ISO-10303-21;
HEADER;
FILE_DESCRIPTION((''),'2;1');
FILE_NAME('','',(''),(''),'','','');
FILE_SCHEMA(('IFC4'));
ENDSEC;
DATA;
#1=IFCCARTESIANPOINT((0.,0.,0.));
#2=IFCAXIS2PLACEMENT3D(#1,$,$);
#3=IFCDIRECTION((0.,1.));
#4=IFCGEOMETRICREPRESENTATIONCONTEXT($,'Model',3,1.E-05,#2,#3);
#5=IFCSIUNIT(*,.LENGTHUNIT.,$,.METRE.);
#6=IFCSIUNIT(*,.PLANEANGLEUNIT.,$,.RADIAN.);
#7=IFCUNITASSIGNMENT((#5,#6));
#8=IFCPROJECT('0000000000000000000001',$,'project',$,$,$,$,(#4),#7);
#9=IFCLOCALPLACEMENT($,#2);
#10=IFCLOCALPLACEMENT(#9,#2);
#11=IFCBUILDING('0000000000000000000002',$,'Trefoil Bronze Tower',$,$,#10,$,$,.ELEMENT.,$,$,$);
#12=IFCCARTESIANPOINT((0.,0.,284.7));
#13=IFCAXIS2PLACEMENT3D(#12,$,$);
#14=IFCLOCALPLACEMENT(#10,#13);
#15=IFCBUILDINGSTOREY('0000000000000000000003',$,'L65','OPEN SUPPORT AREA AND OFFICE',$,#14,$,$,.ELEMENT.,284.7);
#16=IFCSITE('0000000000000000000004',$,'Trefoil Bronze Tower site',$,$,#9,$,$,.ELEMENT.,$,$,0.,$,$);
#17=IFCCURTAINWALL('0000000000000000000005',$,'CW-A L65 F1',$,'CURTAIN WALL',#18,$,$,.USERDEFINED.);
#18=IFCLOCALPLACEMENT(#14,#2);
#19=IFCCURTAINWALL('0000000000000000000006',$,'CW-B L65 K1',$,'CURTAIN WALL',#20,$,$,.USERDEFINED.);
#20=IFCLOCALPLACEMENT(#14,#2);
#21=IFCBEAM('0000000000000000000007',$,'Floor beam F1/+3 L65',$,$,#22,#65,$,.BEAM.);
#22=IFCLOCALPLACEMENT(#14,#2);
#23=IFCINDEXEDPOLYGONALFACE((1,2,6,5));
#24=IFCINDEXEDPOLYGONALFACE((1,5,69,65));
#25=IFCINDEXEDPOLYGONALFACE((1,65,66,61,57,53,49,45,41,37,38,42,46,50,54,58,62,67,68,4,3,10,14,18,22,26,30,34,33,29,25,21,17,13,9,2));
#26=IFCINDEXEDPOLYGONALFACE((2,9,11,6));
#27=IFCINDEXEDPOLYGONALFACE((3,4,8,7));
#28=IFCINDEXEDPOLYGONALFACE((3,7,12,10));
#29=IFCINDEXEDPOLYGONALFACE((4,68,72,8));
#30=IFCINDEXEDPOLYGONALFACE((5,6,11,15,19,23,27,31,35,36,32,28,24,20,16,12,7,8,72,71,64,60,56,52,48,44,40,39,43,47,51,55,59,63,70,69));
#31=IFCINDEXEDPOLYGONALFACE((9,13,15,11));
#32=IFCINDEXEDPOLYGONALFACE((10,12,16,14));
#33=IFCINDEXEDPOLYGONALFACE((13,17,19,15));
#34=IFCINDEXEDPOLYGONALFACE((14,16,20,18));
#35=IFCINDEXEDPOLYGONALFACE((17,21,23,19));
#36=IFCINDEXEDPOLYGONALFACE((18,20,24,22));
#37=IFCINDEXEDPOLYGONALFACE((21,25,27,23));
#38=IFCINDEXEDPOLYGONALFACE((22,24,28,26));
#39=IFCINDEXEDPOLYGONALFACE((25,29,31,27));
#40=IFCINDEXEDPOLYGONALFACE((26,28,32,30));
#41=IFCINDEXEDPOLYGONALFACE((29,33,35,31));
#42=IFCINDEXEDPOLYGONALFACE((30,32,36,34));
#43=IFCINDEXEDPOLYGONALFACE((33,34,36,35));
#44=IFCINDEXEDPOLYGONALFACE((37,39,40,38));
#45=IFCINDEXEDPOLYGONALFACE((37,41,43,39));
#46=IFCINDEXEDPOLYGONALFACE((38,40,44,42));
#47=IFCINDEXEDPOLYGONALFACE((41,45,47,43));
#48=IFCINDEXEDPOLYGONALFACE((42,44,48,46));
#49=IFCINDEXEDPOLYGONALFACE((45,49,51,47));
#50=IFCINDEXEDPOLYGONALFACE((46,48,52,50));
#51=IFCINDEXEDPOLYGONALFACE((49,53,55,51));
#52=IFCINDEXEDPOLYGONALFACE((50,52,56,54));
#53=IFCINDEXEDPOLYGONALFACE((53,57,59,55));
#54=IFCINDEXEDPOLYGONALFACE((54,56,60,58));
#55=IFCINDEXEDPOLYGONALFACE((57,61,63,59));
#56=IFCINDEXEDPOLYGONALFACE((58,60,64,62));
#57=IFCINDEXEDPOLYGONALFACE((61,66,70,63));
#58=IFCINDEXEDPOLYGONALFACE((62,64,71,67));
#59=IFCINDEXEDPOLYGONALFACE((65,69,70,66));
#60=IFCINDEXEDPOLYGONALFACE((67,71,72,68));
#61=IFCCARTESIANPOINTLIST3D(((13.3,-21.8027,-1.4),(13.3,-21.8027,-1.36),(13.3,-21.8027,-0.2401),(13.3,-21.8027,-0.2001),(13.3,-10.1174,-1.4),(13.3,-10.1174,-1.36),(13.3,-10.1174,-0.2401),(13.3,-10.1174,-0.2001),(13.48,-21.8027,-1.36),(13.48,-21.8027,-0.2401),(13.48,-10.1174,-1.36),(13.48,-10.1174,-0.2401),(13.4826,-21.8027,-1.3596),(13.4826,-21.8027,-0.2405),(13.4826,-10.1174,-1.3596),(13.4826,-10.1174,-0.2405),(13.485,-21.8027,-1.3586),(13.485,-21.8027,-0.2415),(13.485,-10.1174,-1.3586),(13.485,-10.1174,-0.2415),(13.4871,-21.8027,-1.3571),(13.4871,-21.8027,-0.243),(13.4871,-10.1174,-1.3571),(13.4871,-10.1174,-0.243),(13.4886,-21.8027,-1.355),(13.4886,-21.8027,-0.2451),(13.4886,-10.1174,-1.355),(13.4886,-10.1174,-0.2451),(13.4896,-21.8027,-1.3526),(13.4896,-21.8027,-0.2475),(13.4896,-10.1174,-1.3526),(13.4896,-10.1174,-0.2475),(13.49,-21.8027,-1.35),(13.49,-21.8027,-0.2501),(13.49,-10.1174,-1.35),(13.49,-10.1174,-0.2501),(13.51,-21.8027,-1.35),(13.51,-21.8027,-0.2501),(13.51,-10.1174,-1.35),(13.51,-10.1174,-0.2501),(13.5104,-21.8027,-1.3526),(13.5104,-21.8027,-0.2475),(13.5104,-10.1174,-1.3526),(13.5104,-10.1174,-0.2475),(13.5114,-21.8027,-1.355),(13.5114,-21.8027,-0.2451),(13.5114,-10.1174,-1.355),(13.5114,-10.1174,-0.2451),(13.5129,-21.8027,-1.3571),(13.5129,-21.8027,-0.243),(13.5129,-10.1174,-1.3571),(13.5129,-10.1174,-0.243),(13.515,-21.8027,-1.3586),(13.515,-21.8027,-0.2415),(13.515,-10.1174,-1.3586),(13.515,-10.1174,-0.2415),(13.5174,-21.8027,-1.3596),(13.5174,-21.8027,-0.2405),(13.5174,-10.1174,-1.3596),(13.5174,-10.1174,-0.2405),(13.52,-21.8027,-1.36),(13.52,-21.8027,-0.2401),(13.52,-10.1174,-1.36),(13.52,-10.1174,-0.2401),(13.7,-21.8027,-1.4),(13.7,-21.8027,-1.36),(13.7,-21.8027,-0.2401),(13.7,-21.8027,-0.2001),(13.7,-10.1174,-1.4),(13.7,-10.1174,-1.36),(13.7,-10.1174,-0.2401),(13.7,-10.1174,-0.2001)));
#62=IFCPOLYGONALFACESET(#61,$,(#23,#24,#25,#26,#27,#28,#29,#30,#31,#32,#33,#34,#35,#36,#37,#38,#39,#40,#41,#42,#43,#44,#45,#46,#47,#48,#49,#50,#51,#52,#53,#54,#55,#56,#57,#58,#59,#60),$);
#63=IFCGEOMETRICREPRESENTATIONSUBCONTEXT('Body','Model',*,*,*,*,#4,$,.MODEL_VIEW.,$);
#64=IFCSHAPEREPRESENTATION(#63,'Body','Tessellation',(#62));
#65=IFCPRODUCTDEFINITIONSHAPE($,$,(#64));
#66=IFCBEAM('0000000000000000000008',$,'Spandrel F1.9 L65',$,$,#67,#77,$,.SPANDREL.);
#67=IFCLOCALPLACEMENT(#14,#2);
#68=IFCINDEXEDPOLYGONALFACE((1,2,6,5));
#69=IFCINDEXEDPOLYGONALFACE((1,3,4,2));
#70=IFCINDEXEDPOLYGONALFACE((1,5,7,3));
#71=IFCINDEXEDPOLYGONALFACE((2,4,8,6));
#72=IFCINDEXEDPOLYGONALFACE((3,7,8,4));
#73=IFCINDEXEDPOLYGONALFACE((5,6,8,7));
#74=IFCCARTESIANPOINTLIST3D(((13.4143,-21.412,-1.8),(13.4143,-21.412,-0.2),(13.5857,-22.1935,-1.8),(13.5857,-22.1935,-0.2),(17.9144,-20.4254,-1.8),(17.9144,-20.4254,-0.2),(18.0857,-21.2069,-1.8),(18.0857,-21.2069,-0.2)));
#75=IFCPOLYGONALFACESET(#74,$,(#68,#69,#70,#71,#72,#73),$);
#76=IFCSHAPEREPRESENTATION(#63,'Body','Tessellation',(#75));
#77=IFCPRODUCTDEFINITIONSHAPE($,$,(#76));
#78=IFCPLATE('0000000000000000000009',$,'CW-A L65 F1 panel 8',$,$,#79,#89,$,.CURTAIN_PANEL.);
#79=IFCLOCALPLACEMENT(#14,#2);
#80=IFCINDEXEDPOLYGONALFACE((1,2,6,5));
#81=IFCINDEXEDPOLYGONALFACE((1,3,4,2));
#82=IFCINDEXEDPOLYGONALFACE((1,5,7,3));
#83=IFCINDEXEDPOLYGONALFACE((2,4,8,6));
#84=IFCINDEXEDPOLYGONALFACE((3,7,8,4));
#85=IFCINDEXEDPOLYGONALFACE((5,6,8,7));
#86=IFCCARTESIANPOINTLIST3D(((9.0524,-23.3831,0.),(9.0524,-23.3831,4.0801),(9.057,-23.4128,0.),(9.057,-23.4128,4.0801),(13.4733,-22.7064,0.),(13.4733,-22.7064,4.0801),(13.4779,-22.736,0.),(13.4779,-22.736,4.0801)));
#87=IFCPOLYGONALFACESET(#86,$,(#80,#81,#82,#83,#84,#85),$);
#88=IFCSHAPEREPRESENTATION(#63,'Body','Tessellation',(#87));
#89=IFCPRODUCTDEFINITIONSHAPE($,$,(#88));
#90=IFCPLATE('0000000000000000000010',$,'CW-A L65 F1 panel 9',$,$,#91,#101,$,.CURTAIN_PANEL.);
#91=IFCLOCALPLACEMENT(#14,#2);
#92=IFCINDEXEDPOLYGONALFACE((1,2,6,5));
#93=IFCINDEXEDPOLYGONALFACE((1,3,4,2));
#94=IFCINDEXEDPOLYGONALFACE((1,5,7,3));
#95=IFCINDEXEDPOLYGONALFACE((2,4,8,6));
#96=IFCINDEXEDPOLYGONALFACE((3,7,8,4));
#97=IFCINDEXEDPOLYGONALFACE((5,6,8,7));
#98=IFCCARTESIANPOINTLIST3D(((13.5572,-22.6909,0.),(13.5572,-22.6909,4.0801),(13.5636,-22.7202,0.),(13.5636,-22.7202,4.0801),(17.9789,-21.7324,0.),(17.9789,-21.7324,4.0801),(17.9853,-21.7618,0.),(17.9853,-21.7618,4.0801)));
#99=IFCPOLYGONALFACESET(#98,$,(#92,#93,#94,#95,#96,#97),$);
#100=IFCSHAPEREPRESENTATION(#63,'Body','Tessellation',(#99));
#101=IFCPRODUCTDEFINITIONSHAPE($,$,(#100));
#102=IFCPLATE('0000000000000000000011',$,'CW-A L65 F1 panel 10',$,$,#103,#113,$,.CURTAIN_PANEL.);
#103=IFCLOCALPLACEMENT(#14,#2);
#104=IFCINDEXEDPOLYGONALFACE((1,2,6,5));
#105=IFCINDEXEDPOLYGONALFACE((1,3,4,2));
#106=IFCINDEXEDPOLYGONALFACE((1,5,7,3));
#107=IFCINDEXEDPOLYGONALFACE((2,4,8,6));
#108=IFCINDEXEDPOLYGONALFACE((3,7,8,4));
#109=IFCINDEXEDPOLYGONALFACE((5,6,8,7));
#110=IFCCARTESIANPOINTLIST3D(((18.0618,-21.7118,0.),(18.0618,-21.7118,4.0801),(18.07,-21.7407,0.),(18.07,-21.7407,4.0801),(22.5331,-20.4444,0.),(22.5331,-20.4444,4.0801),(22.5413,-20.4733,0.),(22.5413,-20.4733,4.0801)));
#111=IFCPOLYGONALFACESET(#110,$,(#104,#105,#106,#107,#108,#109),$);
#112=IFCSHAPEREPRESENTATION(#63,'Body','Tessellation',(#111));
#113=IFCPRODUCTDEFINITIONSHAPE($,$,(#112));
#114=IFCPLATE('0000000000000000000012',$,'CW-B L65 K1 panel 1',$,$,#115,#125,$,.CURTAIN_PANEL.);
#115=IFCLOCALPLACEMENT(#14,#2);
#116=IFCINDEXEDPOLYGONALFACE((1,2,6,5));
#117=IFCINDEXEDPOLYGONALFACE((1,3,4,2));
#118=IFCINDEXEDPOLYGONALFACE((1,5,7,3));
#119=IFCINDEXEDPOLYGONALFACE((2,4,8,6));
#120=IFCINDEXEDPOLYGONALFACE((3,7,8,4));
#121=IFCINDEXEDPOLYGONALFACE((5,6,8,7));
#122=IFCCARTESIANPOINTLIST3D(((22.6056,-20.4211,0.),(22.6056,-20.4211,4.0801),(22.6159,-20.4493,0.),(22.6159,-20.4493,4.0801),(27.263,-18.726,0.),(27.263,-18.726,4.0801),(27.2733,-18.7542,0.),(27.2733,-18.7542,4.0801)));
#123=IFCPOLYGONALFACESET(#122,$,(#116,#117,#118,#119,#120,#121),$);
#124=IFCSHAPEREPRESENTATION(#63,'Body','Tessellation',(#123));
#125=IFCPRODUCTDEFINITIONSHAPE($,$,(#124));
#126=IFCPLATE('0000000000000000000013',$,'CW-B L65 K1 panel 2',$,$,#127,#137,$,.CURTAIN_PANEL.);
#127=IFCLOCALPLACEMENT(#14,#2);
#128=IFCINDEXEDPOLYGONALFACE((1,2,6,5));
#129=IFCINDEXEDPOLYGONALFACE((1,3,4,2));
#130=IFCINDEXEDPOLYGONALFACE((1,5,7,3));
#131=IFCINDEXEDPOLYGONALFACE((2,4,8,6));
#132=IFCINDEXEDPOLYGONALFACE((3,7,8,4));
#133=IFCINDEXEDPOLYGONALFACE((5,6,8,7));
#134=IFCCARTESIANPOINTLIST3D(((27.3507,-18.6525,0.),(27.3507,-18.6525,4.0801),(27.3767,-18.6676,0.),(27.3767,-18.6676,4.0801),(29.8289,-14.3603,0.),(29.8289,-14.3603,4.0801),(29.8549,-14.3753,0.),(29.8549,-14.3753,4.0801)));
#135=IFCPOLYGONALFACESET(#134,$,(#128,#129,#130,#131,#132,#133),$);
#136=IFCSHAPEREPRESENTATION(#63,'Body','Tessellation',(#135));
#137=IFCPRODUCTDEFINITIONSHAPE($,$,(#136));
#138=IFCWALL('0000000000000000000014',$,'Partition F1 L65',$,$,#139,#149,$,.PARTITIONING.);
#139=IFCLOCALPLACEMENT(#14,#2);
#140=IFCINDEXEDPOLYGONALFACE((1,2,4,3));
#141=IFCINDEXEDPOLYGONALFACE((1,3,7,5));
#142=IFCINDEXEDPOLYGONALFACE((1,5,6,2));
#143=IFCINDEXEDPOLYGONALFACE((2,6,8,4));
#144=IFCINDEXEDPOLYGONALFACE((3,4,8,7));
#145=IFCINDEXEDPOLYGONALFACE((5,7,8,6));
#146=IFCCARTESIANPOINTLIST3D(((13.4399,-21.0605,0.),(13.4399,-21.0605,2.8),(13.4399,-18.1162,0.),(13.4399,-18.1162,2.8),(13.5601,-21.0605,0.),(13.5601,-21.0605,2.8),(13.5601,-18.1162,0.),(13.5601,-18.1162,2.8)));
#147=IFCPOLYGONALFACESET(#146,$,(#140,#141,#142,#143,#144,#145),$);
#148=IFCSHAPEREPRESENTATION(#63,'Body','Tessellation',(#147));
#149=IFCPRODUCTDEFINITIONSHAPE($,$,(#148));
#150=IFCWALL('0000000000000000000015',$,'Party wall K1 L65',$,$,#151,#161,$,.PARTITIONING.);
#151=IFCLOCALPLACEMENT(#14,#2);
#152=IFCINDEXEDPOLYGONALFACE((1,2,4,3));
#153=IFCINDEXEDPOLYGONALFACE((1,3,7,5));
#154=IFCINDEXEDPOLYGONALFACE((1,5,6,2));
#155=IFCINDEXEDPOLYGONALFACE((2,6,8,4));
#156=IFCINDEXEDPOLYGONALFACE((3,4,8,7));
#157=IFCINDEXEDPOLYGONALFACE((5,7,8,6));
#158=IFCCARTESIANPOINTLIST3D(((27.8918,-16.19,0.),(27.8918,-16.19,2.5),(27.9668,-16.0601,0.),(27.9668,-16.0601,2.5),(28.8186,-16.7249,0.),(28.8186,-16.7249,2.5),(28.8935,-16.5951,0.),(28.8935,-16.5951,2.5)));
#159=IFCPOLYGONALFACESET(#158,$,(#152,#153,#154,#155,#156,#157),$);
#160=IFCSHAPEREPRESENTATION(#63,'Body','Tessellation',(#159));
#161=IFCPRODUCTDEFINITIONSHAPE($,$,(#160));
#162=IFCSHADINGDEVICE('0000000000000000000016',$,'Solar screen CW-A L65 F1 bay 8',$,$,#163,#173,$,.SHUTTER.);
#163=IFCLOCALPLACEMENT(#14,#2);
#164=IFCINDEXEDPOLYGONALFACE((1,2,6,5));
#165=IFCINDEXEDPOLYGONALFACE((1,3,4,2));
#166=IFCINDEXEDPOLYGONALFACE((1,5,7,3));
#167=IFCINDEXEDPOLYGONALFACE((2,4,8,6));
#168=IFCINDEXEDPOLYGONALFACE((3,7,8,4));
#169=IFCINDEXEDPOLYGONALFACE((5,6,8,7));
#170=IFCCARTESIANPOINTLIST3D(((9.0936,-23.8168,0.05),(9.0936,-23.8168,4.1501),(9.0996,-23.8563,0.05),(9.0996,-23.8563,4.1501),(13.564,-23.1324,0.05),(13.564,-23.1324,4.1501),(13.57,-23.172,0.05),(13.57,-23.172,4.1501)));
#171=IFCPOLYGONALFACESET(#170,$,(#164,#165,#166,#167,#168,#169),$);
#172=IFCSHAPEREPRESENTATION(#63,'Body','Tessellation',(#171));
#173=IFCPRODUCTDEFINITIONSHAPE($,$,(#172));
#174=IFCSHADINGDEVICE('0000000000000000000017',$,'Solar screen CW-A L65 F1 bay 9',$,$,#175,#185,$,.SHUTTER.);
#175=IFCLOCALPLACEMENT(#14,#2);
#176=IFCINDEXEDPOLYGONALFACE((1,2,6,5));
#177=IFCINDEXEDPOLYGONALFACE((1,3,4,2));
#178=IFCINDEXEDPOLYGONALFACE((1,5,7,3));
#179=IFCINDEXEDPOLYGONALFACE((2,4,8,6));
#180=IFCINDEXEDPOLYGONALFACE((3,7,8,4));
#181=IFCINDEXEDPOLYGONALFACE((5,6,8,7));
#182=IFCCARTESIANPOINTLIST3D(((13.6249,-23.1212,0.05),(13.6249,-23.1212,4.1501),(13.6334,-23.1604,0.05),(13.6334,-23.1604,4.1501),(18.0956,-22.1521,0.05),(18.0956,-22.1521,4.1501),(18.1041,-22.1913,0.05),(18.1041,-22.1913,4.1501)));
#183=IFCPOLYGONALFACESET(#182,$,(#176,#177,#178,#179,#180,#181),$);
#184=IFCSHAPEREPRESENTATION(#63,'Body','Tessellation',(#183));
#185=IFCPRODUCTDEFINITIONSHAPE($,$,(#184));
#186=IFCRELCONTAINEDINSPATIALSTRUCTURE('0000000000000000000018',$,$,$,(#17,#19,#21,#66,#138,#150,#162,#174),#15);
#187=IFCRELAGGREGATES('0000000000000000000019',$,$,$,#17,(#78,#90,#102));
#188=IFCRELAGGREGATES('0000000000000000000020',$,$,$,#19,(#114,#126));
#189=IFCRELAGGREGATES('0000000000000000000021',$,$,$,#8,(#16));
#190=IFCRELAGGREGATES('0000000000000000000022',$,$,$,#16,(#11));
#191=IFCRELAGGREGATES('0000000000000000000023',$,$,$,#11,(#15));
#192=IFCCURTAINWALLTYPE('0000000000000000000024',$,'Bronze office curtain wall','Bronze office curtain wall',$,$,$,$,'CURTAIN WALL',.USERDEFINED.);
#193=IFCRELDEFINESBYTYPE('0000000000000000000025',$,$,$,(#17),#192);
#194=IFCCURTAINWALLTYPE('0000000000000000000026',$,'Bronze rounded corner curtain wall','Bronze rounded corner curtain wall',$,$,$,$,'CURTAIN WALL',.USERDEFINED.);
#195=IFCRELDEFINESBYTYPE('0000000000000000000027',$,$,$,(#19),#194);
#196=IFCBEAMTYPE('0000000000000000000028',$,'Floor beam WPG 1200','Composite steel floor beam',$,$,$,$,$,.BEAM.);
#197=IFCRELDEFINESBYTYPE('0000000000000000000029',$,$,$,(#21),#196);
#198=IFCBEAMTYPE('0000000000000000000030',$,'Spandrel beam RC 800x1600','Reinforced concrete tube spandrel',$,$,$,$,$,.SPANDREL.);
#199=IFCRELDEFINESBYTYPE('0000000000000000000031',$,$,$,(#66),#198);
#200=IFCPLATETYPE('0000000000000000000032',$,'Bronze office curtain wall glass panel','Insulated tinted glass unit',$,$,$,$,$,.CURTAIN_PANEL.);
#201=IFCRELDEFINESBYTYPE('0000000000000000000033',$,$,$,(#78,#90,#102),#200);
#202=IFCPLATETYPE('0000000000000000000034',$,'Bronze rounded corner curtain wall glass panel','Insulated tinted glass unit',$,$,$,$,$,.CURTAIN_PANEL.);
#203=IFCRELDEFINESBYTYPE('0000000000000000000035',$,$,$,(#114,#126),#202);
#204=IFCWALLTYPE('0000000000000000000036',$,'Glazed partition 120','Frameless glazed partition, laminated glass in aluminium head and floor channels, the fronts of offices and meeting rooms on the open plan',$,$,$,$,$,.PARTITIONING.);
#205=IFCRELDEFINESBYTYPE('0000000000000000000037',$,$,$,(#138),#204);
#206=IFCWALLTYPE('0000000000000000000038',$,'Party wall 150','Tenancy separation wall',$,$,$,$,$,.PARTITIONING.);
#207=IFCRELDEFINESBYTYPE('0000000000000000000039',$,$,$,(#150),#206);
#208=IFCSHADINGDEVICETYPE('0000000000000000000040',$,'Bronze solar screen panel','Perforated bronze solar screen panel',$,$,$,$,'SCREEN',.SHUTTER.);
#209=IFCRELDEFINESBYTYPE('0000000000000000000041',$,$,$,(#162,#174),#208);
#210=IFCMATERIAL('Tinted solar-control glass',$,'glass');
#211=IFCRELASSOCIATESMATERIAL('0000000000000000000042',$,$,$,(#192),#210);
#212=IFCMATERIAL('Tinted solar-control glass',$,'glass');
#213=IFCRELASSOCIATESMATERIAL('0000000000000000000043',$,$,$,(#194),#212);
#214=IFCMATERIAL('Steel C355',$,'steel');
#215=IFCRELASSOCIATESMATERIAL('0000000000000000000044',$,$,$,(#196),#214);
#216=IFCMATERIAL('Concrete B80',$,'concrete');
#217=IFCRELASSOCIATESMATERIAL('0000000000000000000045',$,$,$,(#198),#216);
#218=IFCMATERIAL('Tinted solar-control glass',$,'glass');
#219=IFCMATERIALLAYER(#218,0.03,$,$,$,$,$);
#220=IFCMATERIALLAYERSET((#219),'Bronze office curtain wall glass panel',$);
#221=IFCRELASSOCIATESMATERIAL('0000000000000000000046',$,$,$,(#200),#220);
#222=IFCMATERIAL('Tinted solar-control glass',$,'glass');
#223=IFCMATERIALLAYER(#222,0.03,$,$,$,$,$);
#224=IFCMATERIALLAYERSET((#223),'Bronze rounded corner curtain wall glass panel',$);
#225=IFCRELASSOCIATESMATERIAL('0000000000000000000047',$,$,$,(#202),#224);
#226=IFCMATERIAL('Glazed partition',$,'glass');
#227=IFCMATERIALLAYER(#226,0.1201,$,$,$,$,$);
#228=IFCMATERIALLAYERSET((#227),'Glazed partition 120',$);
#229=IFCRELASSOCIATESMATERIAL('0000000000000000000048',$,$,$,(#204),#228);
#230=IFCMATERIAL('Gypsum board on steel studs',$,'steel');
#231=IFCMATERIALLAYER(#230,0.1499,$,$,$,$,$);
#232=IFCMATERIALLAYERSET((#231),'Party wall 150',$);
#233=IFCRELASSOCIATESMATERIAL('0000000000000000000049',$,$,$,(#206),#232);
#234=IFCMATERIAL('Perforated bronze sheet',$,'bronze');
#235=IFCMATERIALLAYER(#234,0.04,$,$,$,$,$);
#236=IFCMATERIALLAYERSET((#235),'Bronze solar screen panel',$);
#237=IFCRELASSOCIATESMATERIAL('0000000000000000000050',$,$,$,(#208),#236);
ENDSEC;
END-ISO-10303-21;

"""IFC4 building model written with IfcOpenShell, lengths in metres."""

from ifc_helpers import new_model, si_unit, direction, frame, frame_2d, origin, origin_2d, place, context, subcontext, project, spatial, rectangle, i_section, extrude, material, layer, layer_set, material_profile, profile_set, type_object, element, aggregate, save


model = new_model("IFC4")

# Units and contexts
model_context = context("Model", 3, precision=1e-05, world=origin(), true_north=direction((0.0, 1.0)))
body_context = subcontext(model_context, "Body", "Model", "MODEL_VIEW")
ifc_project = project(units=[si_unit("LENGTHUNIT", "METRE"), si_unit("PLANEANGLEUNIT", "RADIAN")], contexts=[model_context])

# Site, building, storey
site_placement = place(None, origin())
site = spatial("IfcSite", under=ifc_project, at=site_placement, Name="Trefoil Bronze Tower site", CompositionType="ELEMENT", RefElevation=0.0)
building_placement = place(site_placement, origin())
building = spatial("IfcBuilding", under=site, at=building_placement, Name="Trefoil Bronze Tower", CompositionType="ELEMENT")
storey_placement = place(building_placement, frame((0.0, 0.0, 284.7)))
storey = spatial("IfcBuildingStorey", under=building, at=storey_placement, Name="L65", Description="OPEN SUPPORT AREA AND OFFICE", CompositionType="ELEMENT", Elevation=284.7)

# Curtain walls
ifc_material_1 = material(Name="Tinted solar-control glass", Category="glass")
curtain_wall_type_1 = type_object("IfcCurtainWallType", Name="Bronze office curtain wall", Description="Bronze office curtain wall", ElementType="CURTAIN WALL", PredefinedType="USERDEFINED", material=ifc_material_1)
curtain_wall_1_placement = place(storey_placement, origin())
curtain_wall_1 = element("IfcCurtainWall", 1, at=curtain_wall_1_placement, inside=storey, type_object=curtain_wall_type_1, Name="CW-A L65 F1", ObjectType="CURTAIN WALL", PredefinedType="USERDEFINED")
ifc_material_2 = material(Name="Tinted solar-control glass", Category="glass")
curtain_wall_type_2 = type_object("IfcCurtainWallType", Name="Bronze rounded corner curtain wall", Description="Bronze rounded corner curtain wall", ElementType="CURTAIN WALL", PredefinedType="USERDEFINED", material=ifc_material_2)
curtain_wall_2_placement = place(storey_placement, origin())
curtain_wall_2 = element("IfcCurtainWall", 2, at=curtain_wall_2_placement, inside=storey, type_object=curtain_wall_type_2, Name="CW-B L65 K1", ObjectType="CURTAIN WALL", PredefinedType="USERDEFINED")

# Beams
ifc_material_3 = material(Name="Steel C355", Category="steel")
ifc_material_profile_1 = material_profile(ifc_material_3, i_section(OverallWidth=0.3999, OverallDepth=1.2, WebThickness=0.02, FlangeThickness=0.04, FilletRadius=0.01, at=origin_2d()), Name="WPG 1200")
ifc_profile_set_1 = profile_set([ifc_material_profile_1], Name="Steel C355")
beam_type_1 = type_object("IfcBeamType", Name="Floor beam WPG 1200", Description="Composite steel floor beam", PredefinedType="BEAM", material=ifc_profile_set_1)
beam_1_placement = place(storey_placement, frame((13.5, -21.8027, -0.8), z_axis=(0.0, 1.0, 0.0), x_axis=(-1.0, 0.0, 0.0)))
element("IfcBeam", 3, at=beam_1_placement, inside=storey, type_object=beam_type_1, Name="Floor beam F1/+3 L65", PredefinedType="BEAM", context=body_context, shape_type="SweptSolid", body=[
    extrude(i_section(OverallWidth=0.3999, OverallDepth=1.2, WebThickness=0.02, FlangeThickness=0.04, FilletRadius=0.01, at=origin_2d()), origin(), (0.0, 0.0, 1.0), 11.6853),
])
ifc_material_4 = material(Name="Concrete B80", Category="concrete")
ifc_material_profile_2 = material_profile(ifc_material_4, rectangle(XDim=0.8, YDim=1.6001, at=origin_2d()), Name="RC 800x1600")
ifc_profile_set_2 = profile_set([ifc_material_profile_2], Name="Concrete B80")
beam_type_2 = type_object("IfcBeamType", Name="Spandrel beam RC 800x1600", Description="Reinforced concrete tube spandrel", PredefinedType="SPANDREL", material=ifc_profile_set_2)
beam_2_placement = place(storey_placement, frame((13.5, -21.8027, -1.0), z_axis=(0.9768, 0.214152, 0.0), x_axis=(-0.214152, 0.9768, 0.0)))
element("IfcBeam", 4, at=beam_2_placement, inside=storey, type_object=beam_type_2, Name="Spandrel F1.9 L65", PredefinedType="SPANDREL", context=body_context, shape_type="SweptSolid", body=[
    extrude(rectangle(XDim=0.8, YDim=1.6001, at=origin_2d()), origin(), (0.0, 0.0, 1.0), 4.6069),
])

# Plates
ifc_material_5 = material(Name="Tinted solar-control glass", Category="glass")
ifc_layer_1 = layer(ifc_material_5, 0.03)
ifc_layer_set_1 = layer_set([ifc_layer_1], Name="Bronze office curtain wall glass panel")
plate_type_1 = type_object("IfcPlateType", Name="Bronze office curtain wall glass panel", Description="Insulated tinted glass unit", PredefinedType="CURTAIN_PANEL", material=ifc_layer_set_1)
plate_1_placement = place(storey_placement, frame((11.2651, -23.0596, 0.0), z_axis=(0.0, 0.0, 1.0), x_axis=(0.988485, 0.151317, 0.0)))
plate_1 = element("IfcPlate", 5, at=plate_1_placement, type_object=plate_type_1, Name="CW-A L65 F1 panel 8", PredefinedType="CURTAIN_PANEL", context=body_context, shape_type="SweptSolid", body=[
    extrude(rectangle(XDim=4.4724, YDim=0.03, at=origin_2d()), origin(), (0.0, 0.0, 1.0), 4.0801),
])
plate_2_placement = place(storey_placement, frame((15.7712, -22.2263, 0.0), z_axis=(0.0, 0.0, 1.0), x_axis=(0.977303, 0.211846, 0.0)))
plate_2 = element("IfcPlate", 6, at=plate_2_placement, type_object=plate_type_1, Name="CW-A L65 F1 panel 9", PredefinedType="CURTAIN_PANEL", context=body_context, shape_type="SweptSolid", body=[
    extrude(rectangle(XDim=4.5244, YDim=0.03, at=origin_2d()), origin(), (0.0, 0.0, 1.0), 4.0801),
])
plate_3_placement = place(storey_placement, frame((20.3015, -21.0925, 0.0), z_axis=(0.0, 0.0, 1.0), x_axis=(0.962098, 0.272705, 0.0)))
plate_3 = element("IfcPlate", 7, at=plate_3_placement, type_object=plate_type_1, Name="CW-A L65 F1 panel 10", PredefinedType="CURTAIN_PANEL", context=body_context, shape_type="SweptSolid", body=[
    extrude(rectangle(XDim=4.6475, YDim=0.03, at=origin_2d()), origin(), (0.0, 0.0, 1.0), 4.0801),
])
aggregate(curtain_wall_1, [plate_1, plate_2, plate_3])
ifc_material_6 = material(Name="Tinted solar-control glass", Category="glass")
ifc_layer_2 = layer(ifc_material_6, 0.03)
ifc_layer_set_2 = layer_set([ifc_layer_2], Name="Bronze rounded corner curtain wall glass panel")
plate_type_2 = type_object("IfcPlateType", Name="Bronze rounded corner curtain wall glass panel", Description="Insulated tinted glass unit", PredefinedType="CURTAIN_PANEL", material=ifc_layer_set_2)
plate_4_placement = place(storey_placement, frame((24.9395, -19.5876, 0.0), z_axis=(0.0, 0.0, 1.0), x_axis=(0.939693, 0.34202, 0.0)))
plate_4 = element("IfcPlate", 8, at=plate_4_placement, type_object=plate_type_2, Name="CW-B L65 K1 panel 1", PredefinedType="CURTAIN_PANEL", context=body_context, shape_type="SweptSolid", body=[
    extrude(rectangle(XDim=4.9563, YDim=0.03, at=origin_2d()), origin(), (0.0, 0.0, 1.0), 4.0801),
])
plate_5_placement = place(storey_placement, frame((28.6028, -16.5139, 0.0), z_axis=(0.0, 0.0, 1.0), x_axis=(0.5, 0.866025, 0.0)))
plate_5 = element("IfcPlate", 9, at=plate_5_placement, type_object=plate_type_2, Name="CW-B L65 K1 panel 2", PredefinedType="CURTAIN_PANEL", context=body_context, shape_type="SweptSolid", body=[
    extrude(rectangle(XDim=4.9563, YDim=0.03, at=origin_2d()), origin(), (0.0, 0.0, 1.0), 4.0801),
])
aggregate(curtain_wall_2, [plate_4, plate_5])

# Walls
ifc_material_7 = material(Name="Glazed partition", Category="glass")
ifc_layer_3 = layer(ifc_material_7, 0.1201)
ifc_layer_set_3 = layer_set([ifc_layer_3], Name="Glazed partition 120")
wall_type_1 = type_object("IfcWallType", Name="Glazed partition 120", Description="Frameless glazed partition, laminated glass in aluminium head and floor channels, the fronts of offices and meeting rooms on the open plan", PredefinedType="PARTITIONING", material=ifc_layer_set_3)
wall_1_placement = place(storey_placement, frame((13.5, -18.1162, 0.0), z_axis=(0.0, 0.0, 1.0), x_axis=(0.0, -1.0, 0.0)))
element("IfcWall", 10, at=wall_1_placement, inside=storey, type_object=wall_type_1, Name="Partition F1 L65", PredefinedType="PARTITIONING", context=body_context, shape_type="SweptSolid", body=[
    extrude(rectangle(XDim=2.9443, YDim=0.1201, at=frame_2d((1.4722, 0.0))), origin(), (0.0, 0.0, 1.0), 2.8),
])
ifc_material_8 = material(Name="Gypsum board on steel studs", Category="steel")
ifc_layer_4 = layer(ifc_material_8, 0.1499)
ifc_layer_set_4 = layer_set([ifc_layer_4], Name="Party wall 150")
wall_type_2 = type_object("IfcWallType", Name="Party wall 150", Description="Tenancy separation wall", PredefinedType="PARTITIONING", material=ifc_layer_set_4)
wall_2_placement = place(storey_placement, frame((27.9292, -16.125, 0.0), z_axis=(0.0, 0.0, 1.0), x_axis=(0.866087, -0.499894, 0.0)))
element("IfcWall", 11, at=wall_2_placement, inside=storey, type_object=wall_type_2, Name="Party wall K1 L65", PredefinedType="PARTITIONING", context=body_context, shape_type="SweptSolid", body=[
    extrude(rectangle(XDim=1.0701, YDim=0.1499, at=frame_2d((0.5352, 0.0))), origin(), (0.0, 0.0, 1.0), 2.5),
])

# Shading devices
ifc_material_9 = material(Name="Perforated bronze sheet", Category="bronze")
ifc_layer_5 = layer(ifc_material_9, 0.04)
ifc_layer_set_5 = layer_set([ifc_layer_5], Name="Bronze solar screen panel")
shading_device_type = type_object("IfcShadingDeviceType", Name="Bronze solar screen panel", Description="Perforated bronze solar screen panel", ElementType="SCREEN", PredefinedType="SHUTTER", material=ifc_layer_set_5)
shading_device_1_placement = place(storey_placement, frame((11.3318, -23.4944, 0.05), z_axis=(0.0, 0.0, 1.0), x_axis=(0.988485, 0.151317, 0.0)))
element("IfcShadingDevice", 12, at=shading_device_1_placement, inside=storey, type_object=shading_device_type, Name="Solar screen CW-A L65 F1 bay 8", PredefinedType="SHUTTER", context=body_context, shape_type="SweptSolid", body=[
    extrude(rectangle(XDim=4.5225, YDim=0.04, at=origin_2d()), origin(), (0.0, 0.0, 1.0), 4.1001),
])
shading_device_2_placement = place(storey_placement, frame((15.8645, -22.6562, 0.05), z_axis=(0.0, 0.0, 1.0), x_axis=(0.977303, 0.211846, 0.0)))
element("IfcShadingDevice", 13, at=shading_device_2_placement, inside=storey, type_object=shading_device_type, Name="Solar screen CW-A L65 F1 bay 9", PredefinedType="SHUTTER", context=body_context, shape_type="SweptSolid", body=[
    extrude(rectangle(XDim=4.5745, YDim=0.04, at=origin_2d()), origin(), (0.0, 0.0, 1.0), 4.1001),
])

save(model, "model.ifc")
